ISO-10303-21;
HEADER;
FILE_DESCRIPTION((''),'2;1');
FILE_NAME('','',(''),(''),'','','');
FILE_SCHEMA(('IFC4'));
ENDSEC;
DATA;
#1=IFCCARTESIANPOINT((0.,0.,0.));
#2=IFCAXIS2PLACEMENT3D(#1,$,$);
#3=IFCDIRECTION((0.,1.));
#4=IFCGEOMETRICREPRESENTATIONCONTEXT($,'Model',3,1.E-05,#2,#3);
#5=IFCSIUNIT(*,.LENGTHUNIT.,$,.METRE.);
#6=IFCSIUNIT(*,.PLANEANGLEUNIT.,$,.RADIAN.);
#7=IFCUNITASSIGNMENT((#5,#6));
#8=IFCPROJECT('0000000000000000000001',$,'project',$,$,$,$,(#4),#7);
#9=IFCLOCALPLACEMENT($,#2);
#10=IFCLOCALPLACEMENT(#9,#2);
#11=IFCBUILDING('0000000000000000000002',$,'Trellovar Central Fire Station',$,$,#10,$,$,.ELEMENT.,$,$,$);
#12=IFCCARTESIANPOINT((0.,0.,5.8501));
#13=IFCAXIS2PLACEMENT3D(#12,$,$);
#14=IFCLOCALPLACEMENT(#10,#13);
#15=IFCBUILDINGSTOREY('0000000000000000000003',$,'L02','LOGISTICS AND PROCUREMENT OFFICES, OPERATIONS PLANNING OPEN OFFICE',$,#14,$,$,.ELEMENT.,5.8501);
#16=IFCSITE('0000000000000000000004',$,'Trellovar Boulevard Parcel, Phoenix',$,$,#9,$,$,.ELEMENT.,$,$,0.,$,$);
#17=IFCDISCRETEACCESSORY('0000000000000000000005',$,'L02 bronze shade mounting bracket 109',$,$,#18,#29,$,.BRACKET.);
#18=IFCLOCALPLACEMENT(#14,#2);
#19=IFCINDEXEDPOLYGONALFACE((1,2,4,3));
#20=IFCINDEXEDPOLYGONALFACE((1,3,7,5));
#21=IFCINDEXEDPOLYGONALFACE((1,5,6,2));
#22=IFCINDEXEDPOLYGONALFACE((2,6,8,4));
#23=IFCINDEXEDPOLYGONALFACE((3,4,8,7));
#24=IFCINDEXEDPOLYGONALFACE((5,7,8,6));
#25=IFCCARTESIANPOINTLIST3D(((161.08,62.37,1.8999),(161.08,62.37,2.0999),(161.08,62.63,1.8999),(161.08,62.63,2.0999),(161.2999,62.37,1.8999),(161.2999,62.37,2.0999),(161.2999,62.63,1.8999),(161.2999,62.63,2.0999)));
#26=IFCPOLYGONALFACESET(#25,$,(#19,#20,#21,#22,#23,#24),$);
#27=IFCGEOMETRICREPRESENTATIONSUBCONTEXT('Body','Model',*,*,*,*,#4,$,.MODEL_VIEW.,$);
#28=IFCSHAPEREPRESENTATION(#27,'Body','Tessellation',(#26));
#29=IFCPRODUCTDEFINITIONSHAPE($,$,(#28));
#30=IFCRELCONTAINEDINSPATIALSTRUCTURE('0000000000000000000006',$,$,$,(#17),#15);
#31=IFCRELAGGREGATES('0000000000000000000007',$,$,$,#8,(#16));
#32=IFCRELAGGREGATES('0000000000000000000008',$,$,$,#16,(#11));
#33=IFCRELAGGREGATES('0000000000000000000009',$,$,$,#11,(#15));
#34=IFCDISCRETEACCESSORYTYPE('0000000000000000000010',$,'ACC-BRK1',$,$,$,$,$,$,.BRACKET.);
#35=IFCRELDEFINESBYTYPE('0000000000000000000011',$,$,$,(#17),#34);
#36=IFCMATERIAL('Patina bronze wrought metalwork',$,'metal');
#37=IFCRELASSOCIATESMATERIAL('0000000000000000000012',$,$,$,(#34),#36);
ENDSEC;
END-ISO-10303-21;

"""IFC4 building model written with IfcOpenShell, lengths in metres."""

from ifc_helpers import new_model, si_unit, direction, frame, origin, origin_2d, place, context, subcontext, project, spatial, rectangle, extrude, material, type_object, element, save


model = new_model("IFC4")

# Units and contexts
model_context = context("Model", 3, precision=1e-05, world=origin(), true_north=direction((0.0, 1.0)))
body_context = subcontext(model_context, "Body", "Model", "MODEL_VIEW")
ifc_project = project(units=[si_unit("LENGTHUNIT", "METRE"), si_unit("PLANEANGLEUNIT", "RADIAN")], contexts=[model_context])

# Site, building, storey
site_placement = place(None, origin())
site = spatial("IfcSite", under=ifc_project, at=site_placement, Name="Trellovar Boulevard Parcel, Phoenix", CompositionType="ELEMENT", RefElevation=0.0)
building_placement = place(site_placement, origin())
building = spatial("IfcBuilding", under=site, at=building_placement, Name="Trellovar Central Fire Station", CompositionType="ELEMENT")
storey_placement = place(building_placement, frame((0.0, 0.0, 5.8501)))
storey = spatial("IfcBuildingStorey", under=building, at=storey_placement, Name="L02", Description="LOGISTICS AND PROCUREMENT OFFICES, OPERATIONS PLANNING OPEN OFFICE", CompositionType="ELEMENT", Elevation=5.8501)

# Discrete accessory
ifc_material_1 = material(Name="Patina bronze wrought metalwork", Category="metal")
discrete_accessory_type = type_object("IfcDiscreteAccessoryType", Name="ACC-BRK1", PredefinedType="BRACKET", material=ifc_material_1)
for number, where, z_axis, x_axis, name in (
    (1, (161.1899, 62.5, 1.8999), (0.0, 0.0, 1.0), (0.0, 1.0, 0.0), "L02 bronze shade mounting bracket 109"),
):
    element("IfcDiscreteAccessory", number, at=place(storey_placement, frame(where, z_axis=z_axis, x_axis=x_axis)), inside=storey, type_object=discrete_accessory_type, Name=name, PredefinedType="BRACKET", context=body_context, shape_type="SweptSolid", body=[
        extrude(rectangle(XDim=0.26, YDim=0.22, at=origin_2d()), origin(), (0.0, 0.0, 1.0), 0.2),
    ])

save(model, "model.ifc")
